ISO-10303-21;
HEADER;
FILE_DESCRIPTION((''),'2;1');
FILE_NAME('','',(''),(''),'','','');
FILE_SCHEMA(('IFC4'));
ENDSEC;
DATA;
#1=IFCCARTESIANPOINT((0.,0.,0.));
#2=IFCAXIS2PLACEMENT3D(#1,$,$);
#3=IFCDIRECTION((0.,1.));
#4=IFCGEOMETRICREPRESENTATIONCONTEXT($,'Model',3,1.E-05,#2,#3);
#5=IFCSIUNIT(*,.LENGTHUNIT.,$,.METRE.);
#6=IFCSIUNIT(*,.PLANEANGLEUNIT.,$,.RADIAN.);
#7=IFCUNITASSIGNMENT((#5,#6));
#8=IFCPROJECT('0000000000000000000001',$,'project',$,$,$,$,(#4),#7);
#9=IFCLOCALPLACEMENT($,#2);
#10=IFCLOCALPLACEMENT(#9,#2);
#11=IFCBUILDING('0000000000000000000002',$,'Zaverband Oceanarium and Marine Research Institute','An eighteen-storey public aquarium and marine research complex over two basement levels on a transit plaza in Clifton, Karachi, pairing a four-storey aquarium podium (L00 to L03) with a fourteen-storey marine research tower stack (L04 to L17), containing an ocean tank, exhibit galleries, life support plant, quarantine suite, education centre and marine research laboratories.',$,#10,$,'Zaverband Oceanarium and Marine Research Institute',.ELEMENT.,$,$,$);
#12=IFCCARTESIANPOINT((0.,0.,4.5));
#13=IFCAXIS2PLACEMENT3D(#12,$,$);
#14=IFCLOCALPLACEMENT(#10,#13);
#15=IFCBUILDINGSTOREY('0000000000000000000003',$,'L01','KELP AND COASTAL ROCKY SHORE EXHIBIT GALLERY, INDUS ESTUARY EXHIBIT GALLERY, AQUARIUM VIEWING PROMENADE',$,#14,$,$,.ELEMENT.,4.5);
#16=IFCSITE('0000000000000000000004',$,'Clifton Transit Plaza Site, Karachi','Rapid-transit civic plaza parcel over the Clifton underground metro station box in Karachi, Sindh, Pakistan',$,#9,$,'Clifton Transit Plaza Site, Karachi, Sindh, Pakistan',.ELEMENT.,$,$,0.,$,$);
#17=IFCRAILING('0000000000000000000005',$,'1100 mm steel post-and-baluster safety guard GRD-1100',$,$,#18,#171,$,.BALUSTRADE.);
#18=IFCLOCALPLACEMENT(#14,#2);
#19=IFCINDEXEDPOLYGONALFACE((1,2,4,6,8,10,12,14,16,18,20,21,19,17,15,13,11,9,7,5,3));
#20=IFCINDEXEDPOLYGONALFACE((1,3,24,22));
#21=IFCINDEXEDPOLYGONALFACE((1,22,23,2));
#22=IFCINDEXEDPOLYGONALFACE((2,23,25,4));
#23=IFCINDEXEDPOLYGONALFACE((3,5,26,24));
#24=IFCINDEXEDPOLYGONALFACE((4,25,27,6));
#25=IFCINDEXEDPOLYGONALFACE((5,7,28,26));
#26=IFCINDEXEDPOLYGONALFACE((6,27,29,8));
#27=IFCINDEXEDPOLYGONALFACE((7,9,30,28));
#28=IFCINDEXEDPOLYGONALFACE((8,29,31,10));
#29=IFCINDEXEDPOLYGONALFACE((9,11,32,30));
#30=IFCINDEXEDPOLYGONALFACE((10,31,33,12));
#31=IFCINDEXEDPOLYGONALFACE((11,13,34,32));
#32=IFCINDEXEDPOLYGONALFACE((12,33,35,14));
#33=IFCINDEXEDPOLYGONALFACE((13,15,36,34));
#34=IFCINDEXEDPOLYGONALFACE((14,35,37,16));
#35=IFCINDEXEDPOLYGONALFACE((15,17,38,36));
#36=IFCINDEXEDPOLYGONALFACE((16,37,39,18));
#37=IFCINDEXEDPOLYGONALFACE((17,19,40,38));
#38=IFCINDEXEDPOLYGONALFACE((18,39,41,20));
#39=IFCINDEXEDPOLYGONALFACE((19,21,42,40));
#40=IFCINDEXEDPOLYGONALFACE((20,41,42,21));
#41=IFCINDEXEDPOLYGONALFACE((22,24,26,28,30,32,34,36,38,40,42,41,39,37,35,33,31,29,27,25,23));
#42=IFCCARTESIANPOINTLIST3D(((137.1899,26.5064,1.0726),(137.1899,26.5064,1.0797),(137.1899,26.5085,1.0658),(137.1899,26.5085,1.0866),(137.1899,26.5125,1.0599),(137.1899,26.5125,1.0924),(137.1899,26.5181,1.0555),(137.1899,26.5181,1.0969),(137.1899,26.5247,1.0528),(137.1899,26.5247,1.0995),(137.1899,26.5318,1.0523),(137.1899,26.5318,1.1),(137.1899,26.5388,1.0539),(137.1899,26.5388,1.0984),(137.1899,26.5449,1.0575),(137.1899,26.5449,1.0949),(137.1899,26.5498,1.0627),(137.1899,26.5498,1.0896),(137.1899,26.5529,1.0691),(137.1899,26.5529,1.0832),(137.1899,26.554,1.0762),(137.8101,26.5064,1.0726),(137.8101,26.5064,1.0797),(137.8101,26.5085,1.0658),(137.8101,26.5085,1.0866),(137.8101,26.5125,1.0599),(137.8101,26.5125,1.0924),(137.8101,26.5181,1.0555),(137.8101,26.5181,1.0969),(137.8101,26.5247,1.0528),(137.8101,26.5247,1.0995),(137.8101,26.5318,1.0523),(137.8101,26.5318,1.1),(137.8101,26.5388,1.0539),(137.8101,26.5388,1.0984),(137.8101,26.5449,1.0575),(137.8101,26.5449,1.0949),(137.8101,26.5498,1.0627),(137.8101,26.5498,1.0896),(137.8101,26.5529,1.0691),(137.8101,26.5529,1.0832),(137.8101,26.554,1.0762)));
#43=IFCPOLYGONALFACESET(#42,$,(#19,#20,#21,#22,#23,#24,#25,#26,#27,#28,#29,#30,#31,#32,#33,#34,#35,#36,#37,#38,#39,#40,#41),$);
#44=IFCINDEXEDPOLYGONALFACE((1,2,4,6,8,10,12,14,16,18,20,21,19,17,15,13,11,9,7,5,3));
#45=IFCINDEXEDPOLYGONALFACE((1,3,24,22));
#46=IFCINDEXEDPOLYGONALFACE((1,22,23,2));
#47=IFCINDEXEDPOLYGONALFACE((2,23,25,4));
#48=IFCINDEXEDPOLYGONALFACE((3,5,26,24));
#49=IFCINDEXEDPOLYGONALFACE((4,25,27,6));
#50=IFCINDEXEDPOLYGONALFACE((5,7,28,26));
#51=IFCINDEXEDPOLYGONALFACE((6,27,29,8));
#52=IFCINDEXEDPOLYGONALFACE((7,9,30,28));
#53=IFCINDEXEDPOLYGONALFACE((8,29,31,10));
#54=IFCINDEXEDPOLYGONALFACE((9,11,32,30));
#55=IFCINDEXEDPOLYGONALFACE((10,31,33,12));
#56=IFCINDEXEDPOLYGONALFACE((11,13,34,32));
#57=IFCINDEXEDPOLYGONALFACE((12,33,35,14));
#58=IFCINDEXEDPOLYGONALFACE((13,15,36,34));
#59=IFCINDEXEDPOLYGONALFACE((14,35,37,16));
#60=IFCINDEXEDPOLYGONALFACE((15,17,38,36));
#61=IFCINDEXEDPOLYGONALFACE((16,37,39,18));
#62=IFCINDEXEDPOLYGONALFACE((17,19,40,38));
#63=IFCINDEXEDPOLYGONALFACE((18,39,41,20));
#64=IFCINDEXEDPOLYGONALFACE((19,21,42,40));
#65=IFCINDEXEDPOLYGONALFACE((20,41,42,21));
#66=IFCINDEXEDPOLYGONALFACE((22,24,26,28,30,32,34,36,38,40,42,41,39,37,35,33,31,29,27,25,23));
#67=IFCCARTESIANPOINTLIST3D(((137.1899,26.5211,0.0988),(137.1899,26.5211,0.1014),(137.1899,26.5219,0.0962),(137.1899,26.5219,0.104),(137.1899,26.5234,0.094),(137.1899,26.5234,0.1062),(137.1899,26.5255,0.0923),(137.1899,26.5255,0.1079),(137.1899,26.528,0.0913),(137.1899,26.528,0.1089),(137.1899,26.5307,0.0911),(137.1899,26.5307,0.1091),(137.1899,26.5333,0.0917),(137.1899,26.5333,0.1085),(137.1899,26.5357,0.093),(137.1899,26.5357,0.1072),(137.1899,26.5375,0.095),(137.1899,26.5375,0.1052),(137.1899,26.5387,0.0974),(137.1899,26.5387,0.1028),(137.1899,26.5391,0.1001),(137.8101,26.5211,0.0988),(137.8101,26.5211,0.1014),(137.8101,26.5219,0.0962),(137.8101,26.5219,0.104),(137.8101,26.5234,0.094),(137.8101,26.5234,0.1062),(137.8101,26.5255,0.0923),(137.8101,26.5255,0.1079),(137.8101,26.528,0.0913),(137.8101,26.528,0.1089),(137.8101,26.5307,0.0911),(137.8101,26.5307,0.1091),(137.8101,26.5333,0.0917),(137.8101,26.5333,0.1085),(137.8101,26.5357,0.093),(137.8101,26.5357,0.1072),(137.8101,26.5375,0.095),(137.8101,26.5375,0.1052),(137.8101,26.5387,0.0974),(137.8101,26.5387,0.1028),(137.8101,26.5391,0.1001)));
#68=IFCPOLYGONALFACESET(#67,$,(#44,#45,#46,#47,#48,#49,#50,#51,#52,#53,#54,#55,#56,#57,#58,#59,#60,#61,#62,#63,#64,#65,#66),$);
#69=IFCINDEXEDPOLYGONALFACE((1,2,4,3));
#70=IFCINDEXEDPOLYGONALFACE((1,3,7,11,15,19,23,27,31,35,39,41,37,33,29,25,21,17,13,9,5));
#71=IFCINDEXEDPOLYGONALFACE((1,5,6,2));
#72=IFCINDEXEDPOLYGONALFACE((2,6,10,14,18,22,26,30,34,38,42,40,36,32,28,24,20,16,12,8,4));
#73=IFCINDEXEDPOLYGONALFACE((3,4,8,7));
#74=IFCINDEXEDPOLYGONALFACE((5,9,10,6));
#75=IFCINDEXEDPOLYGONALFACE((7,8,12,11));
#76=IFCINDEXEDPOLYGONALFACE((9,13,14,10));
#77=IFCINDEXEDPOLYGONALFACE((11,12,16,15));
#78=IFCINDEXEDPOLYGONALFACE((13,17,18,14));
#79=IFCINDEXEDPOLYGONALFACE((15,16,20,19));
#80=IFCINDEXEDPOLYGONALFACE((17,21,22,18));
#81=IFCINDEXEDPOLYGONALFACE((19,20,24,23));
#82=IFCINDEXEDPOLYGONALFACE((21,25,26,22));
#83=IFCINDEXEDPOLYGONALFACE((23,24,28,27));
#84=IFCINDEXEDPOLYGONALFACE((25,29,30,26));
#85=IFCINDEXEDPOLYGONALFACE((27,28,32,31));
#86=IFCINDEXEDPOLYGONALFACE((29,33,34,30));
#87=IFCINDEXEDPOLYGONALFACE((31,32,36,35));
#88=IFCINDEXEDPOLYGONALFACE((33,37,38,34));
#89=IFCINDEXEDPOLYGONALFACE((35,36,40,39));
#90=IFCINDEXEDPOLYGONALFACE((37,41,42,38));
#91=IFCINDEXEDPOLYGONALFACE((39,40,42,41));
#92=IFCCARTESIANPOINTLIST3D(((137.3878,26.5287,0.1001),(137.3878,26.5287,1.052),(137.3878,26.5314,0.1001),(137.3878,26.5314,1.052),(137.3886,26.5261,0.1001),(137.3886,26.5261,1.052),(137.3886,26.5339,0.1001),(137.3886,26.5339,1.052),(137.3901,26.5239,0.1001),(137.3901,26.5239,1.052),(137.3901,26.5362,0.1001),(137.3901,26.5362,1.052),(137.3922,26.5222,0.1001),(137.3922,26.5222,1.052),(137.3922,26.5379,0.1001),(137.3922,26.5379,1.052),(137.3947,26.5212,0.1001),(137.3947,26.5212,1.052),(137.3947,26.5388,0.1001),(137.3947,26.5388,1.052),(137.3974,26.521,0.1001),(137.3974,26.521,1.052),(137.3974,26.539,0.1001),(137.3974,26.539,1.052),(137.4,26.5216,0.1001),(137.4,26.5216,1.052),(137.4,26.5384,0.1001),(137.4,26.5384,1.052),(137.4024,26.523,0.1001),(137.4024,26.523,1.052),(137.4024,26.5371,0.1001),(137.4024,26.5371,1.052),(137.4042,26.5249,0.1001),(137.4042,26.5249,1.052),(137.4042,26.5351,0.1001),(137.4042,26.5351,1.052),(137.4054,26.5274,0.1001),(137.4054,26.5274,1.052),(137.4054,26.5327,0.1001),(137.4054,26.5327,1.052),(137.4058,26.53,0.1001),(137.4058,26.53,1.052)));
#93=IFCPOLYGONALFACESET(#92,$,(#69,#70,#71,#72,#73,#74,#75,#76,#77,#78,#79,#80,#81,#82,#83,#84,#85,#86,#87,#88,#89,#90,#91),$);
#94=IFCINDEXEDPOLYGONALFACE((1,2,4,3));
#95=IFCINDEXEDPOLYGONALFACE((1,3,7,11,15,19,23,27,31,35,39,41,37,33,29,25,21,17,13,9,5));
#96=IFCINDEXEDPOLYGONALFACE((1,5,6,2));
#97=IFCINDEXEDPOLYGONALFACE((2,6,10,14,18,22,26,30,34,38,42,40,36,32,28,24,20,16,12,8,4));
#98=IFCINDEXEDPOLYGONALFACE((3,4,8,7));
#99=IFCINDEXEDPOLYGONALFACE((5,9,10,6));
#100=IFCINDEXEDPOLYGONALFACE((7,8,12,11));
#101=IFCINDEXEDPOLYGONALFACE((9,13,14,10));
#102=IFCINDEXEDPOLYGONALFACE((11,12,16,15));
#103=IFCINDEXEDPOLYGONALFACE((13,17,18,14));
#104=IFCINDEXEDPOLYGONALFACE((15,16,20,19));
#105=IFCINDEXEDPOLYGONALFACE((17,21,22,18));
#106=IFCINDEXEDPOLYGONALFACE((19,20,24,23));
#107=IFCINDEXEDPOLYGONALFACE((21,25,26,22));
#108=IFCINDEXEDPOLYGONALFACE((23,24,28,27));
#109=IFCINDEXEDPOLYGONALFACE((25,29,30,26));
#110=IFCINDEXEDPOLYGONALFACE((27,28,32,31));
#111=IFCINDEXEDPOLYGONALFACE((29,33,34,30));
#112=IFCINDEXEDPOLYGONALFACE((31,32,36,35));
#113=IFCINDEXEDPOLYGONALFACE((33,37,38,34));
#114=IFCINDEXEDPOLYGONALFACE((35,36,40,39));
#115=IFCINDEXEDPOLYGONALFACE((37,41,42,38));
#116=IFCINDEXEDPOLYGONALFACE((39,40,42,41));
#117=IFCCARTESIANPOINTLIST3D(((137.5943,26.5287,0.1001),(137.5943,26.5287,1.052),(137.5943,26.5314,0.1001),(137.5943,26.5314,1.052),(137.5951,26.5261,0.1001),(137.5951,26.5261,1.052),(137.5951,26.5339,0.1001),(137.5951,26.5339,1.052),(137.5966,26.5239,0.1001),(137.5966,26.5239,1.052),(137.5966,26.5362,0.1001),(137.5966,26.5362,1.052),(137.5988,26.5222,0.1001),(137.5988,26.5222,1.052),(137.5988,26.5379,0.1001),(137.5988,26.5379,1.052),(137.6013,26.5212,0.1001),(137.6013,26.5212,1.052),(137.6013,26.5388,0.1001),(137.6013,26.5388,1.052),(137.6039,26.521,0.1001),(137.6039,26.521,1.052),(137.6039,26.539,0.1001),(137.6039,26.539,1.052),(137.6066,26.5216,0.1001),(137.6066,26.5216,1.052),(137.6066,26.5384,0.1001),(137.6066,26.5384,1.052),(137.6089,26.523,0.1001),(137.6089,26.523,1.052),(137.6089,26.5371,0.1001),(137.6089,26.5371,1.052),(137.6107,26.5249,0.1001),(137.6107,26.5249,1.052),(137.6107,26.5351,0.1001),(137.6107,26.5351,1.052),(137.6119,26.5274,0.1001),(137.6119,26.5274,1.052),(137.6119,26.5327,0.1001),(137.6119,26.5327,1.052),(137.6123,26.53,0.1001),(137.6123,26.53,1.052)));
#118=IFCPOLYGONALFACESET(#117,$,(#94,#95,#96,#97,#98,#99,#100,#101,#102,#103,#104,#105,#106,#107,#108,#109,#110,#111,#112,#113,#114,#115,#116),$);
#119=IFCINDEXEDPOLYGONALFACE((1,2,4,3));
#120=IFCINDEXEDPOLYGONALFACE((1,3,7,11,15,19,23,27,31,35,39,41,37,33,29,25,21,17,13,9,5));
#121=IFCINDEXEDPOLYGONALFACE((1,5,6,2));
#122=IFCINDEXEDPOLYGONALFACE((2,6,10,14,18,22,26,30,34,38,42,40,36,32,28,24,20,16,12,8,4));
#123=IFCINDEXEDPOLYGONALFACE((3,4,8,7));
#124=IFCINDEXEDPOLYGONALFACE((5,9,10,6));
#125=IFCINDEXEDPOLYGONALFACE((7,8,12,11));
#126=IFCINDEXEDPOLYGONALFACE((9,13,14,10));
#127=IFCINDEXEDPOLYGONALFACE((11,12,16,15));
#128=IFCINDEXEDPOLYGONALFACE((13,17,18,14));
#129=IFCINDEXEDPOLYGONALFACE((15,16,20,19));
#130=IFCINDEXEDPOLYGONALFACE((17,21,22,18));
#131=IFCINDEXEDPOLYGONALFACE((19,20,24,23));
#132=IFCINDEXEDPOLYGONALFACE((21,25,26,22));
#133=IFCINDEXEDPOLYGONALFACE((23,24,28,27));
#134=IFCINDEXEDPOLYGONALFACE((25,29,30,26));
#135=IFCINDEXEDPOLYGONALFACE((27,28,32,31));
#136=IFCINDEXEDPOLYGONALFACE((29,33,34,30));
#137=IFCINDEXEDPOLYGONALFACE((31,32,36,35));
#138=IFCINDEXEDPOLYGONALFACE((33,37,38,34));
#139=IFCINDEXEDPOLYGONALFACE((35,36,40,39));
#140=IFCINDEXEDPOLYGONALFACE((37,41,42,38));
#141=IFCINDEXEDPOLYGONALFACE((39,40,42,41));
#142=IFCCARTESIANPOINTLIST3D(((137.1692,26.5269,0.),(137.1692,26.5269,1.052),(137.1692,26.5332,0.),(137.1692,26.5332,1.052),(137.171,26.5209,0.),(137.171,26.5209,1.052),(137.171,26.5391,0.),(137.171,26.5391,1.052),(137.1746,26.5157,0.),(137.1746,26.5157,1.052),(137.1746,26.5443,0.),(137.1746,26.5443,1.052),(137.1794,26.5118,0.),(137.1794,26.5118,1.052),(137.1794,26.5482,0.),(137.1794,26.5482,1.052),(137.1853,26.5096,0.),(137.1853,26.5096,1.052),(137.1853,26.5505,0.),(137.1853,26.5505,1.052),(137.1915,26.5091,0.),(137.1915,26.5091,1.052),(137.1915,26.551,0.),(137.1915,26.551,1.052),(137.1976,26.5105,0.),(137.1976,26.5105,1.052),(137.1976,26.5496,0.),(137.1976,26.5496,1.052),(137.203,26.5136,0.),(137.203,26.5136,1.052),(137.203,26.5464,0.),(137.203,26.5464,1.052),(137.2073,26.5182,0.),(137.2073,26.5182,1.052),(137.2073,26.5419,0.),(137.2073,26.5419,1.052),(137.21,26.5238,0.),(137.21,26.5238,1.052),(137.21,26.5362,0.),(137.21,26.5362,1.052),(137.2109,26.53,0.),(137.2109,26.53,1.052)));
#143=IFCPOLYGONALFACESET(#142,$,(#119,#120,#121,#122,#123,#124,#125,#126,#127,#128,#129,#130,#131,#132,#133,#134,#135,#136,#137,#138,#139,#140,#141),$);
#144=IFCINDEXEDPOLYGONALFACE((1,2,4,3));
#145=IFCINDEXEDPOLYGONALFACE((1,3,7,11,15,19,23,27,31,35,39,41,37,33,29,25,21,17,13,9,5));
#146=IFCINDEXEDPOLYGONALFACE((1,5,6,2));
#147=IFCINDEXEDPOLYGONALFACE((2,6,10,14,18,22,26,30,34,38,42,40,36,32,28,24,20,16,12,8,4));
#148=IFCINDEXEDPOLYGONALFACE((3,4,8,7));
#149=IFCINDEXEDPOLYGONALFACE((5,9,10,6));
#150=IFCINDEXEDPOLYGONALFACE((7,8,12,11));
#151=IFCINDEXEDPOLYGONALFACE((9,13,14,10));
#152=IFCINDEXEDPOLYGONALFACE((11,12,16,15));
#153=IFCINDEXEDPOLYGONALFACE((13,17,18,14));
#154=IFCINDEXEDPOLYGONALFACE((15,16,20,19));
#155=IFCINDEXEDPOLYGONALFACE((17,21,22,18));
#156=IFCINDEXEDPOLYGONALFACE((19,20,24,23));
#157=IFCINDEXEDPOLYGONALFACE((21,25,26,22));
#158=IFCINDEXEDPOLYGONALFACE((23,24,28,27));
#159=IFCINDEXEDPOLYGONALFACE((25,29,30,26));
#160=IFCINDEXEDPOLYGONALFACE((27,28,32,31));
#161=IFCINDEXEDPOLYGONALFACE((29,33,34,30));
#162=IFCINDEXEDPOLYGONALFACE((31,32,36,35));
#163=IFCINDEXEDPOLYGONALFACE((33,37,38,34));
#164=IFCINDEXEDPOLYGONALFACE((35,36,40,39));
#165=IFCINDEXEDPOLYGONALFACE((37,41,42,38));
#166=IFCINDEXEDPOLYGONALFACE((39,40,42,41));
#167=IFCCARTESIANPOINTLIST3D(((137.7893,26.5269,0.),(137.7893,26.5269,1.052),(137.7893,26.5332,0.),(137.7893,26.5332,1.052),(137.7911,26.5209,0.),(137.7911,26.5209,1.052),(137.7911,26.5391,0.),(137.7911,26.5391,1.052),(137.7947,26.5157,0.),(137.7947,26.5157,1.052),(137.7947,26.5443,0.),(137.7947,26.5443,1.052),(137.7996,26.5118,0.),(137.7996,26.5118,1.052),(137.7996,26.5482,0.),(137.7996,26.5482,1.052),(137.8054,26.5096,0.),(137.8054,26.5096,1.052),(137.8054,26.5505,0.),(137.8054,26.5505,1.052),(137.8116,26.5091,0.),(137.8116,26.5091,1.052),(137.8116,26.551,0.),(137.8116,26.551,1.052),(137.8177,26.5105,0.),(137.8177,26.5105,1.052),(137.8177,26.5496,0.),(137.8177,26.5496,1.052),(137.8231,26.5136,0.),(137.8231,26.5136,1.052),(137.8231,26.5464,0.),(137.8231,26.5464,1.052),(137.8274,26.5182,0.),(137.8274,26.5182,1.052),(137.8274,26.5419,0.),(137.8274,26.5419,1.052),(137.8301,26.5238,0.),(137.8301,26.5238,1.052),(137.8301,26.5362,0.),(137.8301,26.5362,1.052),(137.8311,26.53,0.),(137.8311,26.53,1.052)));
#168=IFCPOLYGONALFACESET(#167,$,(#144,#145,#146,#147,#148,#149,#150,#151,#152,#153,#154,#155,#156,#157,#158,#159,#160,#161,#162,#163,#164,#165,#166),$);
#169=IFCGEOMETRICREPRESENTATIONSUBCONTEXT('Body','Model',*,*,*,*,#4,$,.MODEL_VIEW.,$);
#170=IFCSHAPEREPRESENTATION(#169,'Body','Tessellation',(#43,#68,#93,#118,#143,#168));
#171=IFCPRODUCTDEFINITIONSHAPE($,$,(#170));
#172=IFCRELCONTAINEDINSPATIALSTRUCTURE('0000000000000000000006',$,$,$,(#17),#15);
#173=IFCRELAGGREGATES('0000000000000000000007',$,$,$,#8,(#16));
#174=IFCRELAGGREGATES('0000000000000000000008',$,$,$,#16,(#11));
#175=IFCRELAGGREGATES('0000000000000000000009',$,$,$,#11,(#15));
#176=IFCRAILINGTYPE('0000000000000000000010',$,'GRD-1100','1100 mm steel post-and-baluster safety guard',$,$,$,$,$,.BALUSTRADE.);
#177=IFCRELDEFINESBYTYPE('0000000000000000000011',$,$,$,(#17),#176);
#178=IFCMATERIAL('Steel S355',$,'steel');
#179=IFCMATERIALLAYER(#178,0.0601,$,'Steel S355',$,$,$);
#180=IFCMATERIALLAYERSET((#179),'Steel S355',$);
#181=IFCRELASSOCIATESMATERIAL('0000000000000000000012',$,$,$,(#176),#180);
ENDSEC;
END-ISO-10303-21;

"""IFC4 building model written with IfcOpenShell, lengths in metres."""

from ifc_helpers import new_model, si_unit, direction, frame, origin, origin_2d, place, context, subcontext, project, spatial, circle, extrude, material, layer, layer_set, type_object, element, save


model = new_model("IFC4")

# Units and contexts
model_context = context("Model", 3, precision=1e-05, world=origin(), true_north=direction((0.0, 1.0)))
body_context = subcontext(model_context, "Body", "Model", "MODEL_VIEW")
ifc_project = project(units=[si_unit("LENGTHUNIT", "METRE"), si_unit("PLANEANGLEUNIT", "RADIAN")], contexts=[model_context])

# Site, building, storey
site_placement = place(None, origin())
site = spatial("IfcSite", under=ifc_project, at=site_placement, Name="Clifton Transit Plaza Site, Karachi", Description="Rapid-transit civic plaza parcel over the Clifton underground metro station box in Karachi, Sindh, Pakistan", LongName="Clifton Transit Plaza Site, Karachi, Sindh, Pakistan", CompositionType="ELEMENT", RefElevation=0.0)
building_placement = place(site_placement, origin())
building = spatial("IfcBuilding", under=site, at=building_placement, Name="Zaverband Oceanarium and Marine Research Institute", Description="An eighteen-storey public aquarium and marine research complex over two basement levels on a transit plaza in Clifton, Karachi, pairing a four-storey aquarium podium (L00 to L03) with a fourteen-storey marine research tower stack (L04 to L17), containing an ocean tank, exhibit galleries, life support plant, quarantine suite, education centre and marine research laboratories.", LongName="Zaverband Oceanarium and Marine Research Institute", CompositionType="ELEMENT")
storey_placement = place(building_placement, frame((0.0, 0.0, 4.5)))
storey = spatial("IfcBuildingStorey", under=building, at=storey_placement, Name="L01", Description="KELP AND COASTAL ROCKY SHORE EXHIBIT GALLERY, INDUS ESTUARY EXHIBIT GALLERY, AQUARIUM VIEWING PROMENADE", CompositionType="ELEMENT", Elevation=4.5)

# Shared definitions
ifc_material_1 = material(Name="Steel S355", Category="steel")

# Railing
ifc_layer_1 = layer(ifc_material_1, 0.0601, Name="Steel S355")
ifc_layer_set_1 = layer_set([ifc_layer_1], Name="Steel S355")
railing_type_1 = type_object("IfcRailingType", Name="GRD-1100", Description="1100 mm steel post-and-baluster safety guard", PredefinedType="BALUSTRADE", material=ifc_layer_set_1)
for number, where, name in (
    (1, (137.1899, 26.53, 0.0), "1100 mm steel post-and-baluster safety guard GRD-1100"),
):
    element("IfcRailing", number, at=place(storey_placement, frame(where)), inside=storey, type_object=railing_type_1, Name=name, PredefinedType="BALUSTRADE", context=body_context, shape_type="SweptSolid", body=[
        extrude(circle(Radius=0.0239, at=origin_2d()), frame((0.0, 0.0, 1.0762), z_axis=(1.0, 0.0, 0.0), x_axis=(0.0, 1.0, 0.0)), (0.0, 0.0, 1.0), 0.6201),
        extrude(circle(Radius=0.009, at=origin_2d()), frame((0.0, 0.0, 0.1001), z_axis=(1.0, 0.0, 0.0), x_axis=(0.0, 1.0, 0.0)), (0.0, 0.0, 1.0), 0.6201),
        extrude(circle(Radius=0.009, at=origin_2d()), frame((0.2068, 0.0, 0.1001)), (0.0, 0.0, 1.0), 0.9519),
        extrude(circle(Radius=0.009, at=origin_2d()), frame((0.4133, 0.0, 0.1001)), (0.0, 0.0, 1.0), 0.9519),
        extrude(circle(Radius=0.021, at=origin_2d()), origin(), (0.0, 0.0, 1.0), 1.052),
        extrude(circle(Radius=0.021, at=origin_2d()), frame((0.6201, 0.0, 0.0)), (0.0, 0.0, 1.0), 1.052),
    ])

save(model, "model.ifc")
